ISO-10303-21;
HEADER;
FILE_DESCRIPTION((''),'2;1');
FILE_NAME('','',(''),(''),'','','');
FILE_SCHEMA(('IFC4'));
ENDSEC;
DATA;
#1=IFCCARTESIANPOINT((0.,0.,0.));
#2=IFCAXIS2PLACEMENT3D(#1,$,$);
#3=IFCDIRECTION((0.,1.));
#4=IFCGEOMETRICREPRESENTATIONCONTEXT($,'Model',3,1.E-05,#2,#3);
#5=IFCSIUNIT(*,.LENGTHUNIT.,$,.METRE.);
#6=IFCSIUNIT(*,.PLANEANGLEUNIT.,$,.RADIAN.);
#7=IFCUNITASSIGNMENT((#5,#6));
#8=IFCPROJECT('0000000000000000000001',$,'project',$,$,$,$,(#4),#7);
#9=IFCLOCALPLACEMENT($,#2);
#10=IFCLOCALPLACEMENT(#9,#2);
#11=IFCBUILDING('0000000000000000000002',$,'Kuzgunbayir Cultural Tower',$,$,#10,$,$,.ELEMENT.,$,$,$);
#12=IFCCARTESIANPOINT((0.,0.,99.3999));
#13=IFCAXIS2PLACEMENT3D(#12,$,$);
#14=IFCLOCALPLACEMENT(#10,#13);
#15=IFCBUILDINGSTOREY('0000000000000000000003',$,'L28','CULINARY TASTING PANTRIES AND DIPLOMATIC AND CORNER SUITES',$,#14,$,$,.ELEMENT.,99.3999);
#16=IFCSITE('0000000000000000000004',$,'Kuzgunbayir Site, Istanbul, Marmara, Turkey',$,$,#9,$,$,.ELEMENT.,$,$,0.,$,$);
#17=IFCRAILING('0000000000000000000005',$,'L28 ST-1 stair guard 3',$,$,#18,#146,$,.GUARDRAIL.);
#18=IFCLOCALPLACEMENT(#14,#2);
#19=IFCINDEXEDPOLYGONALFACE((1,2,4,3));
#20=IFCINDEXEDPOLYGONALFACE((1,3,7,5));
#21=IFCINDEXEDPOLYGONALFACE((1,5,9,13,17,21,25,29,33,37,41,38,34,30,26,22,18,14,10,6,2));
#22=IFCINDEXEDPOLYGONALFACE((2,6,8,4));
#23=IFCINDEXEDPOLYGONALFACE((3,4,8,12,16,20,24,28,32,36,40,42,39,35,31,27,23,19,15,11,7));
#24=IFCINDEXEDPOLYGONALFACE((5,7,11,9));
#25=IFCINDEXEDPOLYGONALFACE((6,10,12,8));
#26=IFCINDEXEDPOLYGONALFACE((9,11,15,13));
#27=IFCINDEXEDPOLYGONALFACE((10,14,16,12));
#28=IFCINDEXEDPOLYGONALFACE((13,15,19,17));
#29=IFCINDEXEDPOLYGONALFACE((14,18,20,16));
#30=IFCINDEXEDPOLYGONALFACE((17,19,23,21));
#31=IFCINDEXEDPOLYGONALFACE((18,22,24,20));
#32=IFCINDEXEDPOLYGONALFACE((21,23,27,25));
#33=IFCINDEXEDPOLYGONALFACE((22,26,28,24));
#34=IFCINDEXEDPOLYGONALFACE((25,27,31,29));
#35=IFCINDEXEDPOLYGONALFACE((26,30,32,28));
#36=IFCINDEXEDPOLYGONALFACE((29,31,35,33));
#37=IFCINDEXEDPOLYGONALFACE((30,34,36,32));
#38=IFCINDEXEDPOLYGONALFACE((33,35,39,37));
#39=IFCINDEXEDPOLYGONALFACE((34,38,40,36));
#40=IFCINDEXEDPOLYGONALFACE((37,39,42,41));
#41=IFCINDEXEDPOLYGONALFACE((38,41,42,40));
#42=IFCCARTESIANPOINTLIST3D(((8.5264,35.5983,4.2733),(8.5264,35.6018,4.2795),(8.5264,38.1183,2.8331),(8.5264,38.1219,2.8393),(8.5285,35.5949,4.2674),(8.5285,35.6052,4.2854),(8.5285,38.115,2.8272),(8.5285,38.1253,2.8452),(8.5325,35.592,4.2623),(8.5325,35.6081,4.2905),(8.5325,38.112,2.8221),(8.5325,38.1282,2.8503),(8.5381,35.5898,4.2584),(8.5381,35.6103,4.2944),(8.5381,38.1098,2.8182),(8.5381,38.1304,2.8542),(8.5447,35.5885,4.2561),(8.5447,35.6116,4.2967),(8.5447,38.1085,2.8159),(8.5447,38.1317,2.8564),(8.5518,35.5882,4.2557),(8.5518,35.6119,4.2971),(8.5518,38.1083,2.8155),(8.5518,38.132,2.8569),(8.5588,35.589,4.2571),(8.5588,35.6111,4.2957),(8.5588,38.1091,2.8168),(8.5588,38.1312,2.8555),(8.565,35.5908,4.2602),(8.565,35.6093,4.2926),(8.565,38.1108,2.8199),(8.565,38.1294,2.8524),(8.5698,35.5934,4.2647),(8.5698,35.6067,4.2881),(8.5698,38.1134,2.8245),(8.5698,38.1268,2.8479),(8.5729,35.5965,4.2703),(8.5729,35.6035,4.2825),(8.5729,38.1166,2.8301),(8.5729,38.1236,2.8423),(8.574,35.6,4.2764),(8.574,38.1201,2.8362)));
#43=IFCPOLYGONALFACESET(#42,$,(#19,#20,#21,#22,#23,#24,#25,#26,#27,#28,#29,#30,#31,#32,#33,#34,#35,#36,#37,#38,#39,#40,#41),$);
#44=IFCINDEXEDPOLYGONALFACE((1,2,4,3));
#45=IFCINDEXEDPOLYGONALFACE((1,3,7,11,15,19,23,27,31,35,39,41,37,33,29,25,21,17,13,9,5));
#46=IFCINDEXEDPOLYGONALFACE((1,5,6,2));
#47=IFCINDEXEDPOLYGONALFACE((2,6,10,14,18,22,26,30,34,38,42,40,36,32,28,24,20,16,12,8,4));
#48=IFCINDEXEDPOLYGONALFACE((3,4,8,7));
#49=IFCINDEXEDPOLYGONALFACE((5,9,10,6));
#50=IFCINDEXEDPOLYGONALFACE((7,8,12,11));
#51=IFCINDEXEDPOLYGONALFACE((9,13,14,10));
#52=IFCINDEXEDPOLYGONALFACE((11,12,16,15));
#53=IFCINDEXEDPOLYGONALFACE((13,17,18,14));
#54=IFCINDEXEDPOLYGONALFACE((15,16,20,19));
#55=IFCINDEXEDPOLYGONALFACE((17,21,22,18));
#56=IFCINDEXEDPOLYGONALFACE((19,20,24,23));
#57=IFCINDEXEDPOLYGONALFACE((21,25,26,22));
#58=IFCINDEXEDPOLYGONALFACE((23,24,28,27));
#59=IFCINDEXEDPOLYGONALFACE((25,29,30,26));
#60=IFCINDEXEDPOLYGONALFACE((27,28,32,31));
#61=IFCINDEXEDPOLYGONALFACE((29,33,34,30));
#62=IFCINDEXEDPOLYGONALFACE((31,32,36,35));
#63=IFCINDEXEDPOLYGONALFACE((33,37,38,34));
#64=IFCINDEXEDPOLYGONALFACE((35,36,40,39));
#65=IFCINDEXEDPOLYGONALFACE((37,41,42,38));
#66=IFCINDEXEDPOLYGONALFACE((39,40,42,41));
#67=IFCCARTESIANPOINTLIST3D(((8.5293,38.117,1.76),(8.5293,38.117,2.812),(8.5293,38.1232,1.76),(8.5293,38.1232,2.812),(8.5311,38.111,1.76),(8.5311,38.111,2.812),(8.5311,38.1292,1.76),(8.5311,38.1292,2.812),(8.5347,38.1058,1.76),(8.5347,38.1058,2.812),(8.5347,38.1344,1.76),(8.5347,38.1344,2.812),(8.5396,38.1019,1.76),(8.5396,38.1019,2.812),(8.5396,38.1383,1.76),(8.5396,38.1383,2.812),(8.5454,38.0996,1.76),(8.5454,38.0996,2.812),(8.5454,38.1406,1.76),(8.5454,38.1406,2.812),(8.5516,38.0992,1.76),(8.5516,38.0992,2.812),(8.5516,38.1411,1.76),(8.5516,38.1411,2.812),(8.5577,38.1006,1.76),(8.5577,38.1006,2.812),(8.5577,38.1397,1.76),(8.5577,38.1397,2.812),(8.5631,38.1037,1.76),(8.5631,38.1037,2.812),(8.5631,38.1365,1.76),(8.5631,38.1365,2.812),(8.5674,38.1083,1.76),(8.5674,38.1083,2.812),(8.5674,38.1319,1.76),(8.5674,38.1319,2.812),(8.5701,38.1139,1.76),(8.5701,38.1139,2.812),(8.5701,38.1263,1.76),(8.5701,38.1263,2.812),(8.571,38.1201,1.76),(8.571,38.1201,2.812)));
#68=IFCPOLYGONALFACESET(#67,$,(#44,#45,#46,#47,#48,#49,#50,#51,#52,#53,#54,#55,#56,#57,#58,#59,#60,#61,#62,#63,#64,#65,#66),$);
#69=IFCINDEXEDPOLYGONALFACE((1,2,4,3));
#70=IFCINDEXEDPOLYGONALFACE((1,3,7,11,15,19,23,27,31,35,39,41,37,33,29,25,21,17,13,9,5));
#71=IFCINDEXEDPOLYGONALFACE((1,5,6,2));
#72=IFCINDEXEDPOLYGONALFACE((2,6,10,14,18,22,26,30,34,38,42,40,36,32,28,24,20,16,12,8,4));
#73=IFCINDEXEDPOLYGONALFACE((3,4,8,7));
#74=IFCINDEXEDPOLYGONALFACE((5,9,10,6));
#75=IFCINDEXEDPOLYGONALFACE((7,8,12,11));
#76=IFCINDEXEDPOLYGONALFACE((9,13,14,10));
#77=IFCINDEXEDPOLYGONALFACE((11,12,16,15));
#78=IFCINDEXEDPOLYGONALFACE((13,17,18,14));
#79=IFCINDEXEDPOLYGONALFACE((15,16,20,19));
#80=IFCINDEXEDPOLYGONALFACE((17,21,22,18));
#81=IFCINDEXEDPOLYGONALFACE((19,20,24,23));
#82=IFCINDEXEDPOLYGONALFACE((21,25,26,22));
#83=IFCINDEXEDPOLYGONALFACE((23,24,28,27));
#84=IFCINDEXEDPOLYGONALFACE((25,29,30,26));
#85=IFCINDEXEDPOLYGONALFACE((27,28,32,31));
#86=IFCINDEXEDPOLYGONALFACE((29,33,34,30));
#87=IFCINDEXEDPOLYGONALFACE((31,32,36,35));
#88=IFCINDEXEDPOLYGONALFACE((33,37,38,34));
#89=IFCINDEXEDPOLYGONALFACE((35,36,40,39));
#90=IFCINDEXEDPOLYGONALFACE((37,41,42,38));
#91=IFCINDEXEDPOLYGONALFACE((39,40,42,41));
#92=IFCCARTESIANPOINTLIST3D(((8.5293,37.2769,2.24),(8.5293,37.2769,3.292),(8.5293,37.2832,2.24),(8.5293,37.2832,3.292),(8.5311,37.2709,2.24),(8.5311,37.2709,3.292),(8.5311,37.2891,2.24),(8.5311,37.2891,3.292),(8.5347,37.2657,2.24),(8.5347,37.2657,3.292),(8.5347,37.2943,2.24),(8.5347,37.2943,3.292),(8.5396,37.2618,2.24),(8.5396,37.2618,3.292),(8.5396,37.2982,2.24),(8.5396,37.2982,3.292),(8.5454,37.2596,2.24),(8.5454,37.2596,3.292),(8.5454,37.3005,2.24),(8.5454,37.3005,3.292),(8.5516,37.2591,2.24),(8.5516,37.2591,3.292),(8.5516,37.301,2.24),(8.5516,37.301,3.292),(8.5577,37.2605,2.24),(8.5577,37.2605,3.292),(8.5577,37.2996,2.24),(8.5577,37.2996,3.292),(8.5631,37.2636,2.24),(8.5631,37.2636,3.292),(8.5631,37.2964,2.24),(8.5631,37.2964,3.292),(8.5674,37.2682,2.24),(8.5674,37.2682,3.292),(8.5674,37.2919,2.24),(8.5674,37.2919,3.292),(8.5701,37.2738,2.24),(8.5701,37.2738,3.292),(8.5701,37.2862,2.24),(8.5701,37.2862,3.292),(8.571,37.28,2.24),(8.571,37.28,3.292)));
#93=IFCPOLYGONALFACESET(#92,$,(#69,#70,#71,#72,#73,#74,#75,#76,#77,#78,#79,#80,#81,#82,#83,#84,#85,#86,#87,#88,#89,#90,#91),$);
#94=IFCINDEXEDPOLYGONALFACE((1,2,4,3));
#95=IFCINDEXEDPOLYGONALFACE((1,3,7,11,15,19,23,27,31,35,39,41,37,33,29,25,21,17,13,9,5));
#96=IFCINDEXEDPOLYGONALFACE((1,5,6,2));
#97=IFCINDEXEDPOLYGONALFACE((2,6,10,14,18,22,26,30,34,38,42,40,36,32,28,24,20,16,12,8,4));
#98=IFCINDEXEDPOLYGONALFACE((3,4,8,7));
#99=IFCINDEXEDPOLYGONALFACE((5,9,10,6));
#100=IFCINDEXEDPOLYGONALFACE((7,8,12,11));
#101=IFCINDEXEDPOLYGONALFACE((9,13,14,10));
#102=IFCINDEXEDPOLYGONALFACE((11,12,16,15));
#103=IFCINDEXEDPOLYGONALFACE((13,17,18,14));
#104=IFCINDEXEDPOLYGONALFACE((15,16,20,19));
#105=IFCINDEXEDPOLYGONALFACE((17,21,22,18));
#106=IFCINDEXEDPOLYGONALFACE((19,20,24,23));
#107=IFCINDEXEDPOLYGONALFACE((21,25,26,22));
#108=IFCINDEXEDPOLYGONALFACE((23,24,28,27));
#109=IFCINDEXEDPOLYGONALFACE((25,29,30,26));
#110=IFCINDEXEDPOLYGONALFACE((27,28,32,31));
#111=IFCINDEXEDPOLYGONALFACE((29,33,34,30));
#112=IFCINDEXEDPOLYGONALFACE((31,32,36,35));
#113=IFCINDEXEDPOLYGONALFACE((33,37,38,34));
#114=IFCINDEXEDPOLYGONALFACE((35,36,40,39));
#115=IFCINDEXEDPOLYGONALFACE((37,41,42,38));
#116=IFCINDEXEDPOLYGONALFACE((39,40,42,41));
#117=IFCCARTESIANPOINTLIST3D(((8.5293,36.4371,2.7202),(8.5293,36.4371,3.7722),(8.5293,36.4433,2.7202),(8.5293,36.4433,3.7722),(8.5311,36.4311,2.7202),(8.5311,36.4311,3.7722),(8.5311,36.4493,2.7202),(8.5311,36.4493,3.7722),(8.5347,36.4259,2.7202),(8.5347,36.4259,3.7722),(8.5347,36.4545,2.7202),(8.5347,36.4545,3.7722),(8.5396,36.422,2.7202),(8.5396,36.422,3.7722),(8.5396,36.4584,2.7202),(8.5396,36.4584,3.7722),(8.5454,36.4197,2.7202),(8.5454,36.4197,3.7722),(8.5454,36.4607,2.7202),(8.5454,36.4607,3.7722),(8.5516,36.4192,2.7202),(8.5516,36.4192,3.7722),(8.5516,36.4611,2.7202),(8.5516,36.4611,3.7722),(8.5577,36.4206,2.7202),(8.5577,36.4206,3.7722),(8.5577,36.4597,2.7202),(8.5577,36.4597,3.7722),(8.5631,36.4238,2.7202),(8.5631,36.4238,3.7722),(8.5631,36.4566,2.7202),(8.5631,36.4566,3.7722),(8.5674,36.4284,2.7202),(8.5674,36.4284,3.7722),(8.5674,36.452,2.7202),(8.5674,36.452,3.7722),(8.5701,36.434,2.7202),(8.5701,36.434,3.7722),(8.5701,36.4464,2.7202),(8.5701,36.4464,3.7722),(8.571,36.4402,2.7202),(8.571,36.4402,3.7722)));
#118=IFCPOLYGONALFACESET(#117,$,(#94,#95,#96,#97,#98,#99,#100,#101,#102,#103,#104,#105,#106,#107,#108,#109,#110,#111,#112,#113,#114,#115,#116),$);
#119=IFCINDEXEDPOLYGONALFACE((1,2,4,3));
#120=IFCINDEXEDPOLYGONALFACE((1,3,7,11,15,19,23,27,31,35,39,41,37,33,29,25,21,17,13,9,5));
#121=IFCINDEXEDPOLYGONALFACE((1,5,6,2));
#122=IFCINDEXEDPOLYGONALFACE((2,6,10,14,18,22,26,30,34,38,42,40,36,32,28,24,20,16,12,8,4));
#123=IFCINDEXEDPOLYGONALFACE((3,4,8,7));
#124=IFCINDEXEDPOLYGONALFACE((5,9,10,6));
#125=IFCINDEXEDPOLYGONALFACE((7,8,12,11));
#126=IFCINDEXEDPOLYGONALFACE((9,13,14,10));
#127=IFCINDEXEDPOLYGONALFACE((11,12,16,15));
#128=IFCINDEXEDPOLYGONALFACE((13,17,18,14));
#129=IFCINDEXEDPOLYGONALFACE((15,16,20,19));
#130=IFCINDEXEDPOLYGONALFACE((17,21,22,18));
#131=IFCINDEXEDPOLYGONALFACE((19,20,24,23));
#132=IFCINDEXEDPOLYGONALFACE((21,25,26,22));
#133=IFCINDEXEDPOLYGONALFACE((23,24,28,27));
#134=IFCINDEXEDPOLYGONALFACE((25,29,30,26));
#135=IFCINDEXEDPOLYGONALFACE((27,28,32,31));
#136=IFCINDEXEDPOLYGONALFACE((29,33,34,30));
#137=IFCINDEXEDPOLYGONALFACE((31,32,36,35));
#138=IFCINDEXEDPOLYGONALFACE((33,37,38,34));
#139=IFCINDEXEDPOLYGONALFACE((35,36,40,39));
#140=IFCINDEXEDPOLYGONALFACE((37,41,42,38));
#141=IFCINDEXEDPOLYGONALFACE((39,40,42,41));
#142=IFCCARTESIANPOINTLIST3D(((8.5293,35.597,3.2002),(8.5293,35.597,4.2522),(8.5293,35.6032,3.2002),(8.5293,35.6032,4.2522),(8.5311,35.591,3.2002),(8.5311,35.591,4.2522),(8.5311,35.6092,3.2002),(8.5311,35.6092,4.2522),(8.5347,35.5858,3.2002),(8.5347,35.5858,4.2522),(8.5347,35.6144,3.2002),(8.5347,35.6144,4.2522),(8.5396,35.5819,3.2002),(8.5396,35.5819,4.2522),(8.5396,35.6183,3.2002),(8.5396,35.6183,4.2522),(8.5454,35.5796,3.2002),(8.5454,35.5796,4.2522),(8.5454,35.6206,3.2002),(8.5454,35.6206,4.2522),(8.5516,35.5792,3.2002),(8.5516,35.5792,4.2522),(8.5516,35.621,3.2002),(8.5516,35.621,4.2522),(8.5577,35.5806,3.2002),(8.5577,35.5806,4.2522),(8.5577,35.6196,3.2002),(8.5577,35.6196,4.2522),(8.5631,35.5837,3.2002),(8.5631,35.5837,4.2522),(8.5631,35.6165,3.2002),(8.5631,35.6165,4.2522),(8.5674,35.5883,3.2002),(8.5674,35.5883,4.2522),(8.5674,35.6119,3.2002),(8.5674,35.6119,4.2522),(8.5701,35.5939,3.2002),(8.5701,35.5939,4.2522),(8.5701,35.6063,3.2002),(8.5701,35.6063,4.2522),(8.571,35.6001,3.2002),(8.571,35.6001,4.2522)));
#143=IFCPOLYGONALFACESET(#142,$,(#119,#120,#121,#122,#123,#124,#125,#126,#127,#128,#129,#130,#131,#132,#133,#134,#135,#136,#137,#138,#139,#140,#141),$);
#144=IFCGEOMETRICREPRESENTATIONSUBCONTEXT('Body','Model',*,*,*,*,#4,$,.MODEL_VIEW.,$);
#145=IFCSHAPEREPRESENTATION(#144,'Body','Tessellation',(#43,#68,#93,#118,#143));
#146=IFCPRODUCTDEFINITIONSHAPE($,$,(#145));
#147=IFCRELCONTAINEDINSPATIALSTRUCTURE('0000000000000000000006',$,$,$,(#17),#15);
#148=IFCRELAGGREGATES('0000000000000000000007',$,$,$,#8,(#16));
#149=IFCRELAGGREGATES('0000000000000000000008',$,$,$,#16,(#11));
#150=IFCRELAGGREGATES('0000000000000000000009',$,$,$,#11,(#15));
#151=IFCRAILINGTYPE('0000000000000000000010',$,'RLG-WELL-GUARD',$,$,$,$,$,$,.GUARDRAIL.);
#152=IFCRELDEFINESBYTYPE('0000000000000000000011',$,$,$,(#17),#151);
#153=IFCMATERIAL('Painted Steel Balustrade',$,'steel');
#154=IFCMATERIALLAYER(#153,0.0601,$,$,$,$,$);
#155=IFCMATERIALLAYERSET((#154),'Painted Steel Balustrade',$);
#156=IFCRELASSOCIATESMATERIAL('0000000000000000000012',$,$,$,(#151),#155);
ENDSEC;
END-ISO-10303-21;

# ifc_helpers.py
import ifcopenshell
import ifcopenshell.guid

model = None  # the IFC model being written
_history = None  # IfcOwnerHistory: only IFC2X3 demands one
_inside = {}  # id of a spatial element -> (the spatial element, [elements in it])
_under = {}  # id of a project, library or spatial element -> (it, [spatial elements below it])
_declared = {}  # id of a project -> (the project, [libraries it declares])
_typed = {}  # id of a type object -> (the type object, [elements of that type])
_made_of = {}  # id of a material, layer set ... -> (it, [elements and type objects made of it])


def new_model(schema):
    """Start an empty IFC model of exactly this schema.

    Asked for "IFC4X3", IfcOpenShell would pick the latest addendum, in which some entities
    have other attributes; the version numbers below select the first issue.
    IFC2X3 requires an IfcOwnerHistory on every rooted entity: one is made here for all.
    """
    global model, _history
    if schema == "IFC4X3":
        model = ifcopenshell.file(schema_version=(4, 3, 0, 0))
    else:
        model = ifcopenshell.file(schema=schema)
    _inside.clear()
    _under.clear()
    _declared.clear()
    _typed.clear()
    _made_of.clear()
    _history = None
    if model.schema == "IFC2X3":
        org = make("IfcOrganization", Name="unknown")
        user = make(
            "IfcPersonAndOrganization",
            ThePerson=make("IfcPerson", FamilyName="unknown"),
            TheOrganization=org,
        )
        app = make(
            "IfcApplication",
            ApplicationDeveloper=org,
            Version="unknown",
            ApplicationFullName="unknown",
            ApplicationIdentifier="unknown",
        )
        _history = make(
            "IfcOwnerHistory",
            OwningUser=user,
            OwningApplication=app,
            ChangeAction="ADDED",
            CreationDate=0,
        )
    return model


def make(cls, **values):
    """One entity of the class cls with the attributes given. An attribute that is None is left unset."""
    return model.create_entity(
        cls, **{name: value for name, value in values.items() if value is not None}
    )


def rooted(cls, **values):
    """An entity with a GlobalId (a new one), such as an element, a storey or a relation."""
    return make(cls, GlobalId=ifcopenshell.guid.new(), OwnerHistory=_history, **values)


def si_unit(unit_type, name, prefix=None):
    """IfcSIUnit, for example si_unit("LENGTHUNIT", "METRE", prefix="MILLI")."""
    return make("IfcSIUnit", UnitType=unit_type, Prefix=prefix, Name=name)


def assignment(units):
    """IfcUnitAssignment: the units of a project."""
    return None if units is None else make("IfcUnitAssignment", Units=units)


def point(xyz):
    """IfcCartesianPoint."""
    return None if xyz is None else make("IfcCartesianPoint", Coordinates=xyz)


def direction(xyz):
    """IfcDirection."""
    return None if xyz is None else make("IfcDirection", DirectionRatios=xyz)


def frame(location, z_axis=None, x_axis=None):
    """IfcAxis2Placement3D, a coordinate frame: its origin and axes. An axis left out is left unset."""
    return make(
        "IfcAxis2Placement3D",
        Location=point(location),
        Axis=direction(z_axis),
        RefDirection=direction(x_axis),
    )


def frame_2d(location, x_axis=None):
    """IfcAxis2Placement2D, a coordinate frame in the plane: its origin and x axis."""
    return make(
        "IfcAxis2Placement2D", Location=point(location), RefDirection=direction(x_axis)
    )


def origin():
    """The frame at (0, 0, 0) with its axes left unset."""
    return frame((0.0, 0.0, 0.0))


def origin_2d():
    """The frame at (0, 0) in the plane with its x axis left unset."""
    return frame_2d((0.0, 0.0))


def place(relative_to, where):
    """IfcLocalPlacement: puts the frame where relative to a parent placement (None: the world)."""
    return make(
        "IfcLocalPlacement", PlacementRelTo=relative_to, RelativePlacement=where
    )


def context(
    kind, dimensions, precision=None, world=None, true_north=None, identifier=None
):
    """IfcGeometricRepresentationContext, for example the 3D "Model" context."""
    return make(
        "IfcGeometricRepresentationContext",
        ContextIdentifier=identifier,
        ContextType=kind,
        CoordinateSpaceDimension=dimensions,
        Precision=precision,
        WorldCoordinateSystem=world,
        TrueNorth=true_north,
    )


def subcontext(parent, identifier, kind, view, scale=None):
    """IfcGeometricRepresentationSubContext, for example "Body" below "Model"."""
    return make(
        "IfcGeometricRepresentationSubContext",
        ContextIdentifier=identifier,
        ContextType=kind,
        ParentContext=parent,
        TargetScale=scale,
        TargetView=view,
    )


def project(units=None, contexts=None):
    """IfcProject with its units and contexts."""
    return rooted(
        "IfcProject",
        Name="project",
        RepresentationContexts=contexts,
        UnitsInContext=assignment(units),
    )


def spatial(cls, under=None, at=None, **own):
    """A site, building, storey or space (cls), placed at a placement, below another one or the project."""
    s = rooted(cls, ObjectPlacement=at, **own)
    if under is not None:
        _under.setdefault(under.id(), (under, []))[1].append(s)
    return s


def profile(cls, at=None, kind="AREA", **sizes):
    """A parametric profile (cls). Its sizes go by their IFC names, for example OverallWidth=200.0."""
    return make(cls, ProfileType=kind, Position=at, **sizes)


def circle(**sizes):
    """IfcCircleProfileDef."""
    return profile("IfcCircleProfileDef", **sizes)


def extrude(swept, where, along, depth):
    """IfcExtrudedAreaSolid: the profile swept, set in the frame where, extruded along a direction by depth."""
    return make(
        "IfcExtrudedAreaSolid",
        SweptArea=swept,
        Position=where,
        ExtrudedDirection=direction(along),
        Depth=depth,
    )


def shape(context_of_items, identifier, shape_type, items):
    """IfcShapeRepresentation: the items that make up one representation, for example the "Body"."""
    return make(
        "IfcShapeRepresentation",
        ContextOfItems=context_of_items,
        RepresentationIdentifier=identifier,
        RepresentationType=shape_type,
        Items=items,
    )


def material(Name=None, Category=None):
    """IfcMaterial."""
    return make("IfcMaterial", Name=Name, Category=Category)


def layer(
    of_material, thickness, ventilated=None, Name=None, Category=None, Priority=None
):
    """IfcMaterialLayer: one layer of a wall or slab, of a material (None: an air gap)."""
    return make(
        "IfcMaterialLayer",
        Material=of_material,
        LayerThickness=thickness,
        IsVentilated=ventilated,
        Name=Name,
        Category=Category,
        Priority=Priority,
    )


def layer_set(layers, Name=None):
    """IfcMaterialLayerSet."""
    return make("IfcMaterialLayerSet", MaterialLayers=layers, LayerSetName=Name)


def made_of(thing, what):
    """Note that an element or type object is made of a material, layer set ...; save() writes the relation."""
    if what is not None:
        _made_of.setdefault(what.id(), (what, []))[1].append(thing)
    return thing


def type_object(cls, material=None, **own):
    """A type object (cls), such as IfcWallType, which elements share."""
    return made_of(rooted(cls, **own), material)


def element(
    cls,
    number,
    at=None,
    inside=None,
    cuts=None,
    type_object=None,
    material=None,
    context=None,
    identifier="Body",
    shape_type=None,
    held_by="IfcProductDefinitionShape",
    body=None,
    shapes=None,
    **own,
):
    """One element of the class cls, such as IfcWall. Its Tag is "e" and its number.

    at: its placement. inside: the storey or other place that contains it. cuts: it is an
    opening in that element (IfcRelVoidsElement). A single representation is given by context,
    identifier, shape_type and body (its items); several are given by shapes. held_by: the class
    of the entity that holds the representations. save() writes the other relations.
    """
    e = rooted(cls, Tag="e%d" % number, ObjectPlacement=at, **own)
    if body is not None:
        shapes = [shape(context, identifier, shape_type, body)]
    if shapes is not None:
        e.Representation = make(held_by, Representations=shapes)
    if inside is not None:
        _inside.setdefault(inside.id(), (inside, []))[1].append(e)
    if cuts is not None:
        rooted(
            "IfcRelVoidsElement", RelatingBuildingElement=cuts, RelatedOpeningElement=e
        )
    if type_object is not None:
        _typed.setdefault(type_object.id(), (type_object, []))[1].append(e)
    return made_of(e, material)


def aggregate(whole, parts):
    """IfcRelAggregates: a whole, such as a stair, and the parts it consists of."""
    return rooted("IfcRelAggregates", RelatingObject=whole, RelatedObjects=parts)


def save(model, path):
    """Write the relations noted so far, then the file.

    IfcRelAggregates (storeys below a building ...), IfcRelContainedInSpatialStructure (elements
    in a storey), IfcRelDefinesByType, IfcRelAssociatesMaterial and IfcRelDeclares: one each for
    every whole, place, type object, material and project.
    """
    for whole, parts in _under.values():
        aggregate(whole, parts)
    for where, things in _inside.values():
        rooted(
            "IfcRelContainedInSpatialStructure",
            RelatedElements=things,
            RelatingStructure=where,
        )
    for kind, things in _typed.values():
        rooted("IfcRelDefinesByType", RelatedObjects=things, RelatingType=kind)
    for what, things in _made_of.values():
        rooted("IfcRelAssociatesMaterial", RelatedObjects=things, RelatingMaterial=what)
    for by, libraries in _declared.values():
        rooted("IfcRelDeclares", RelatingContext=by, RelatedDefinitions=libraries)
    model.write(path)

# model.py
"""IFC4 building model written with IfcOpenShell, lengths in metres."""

from ifc_helpers import new_model, si_unit, direction, frame, origin, origin_2d, place, context, subcontext, project, spatial, circle, extrude, material, layer, layer_set, type_object, element, save


model = new_model("IFC4")

# Units and contexts
model_context = context("Model", 3, precision=1e-05, world=origin(), true_north=direction((0.0, 1.0)))
body_context = subcontext(model_context, "Body", "Model", "MODEL_VIEW")
ifc_project = project(units=[si_unit("LENGTHUNIT", "METRE"), si_unit("PLANEANGLEUNIT", "RADIAN")], contexts=[model_context])

# Site, building, storey
site_placement = place(None, origin())
site = spatial("IfcSite", under=ifc_project, at=site_placement, Name="Kuzgunbayir Site, Istanbul, Marmara, Turkey", CompositionType="ELEMENT", RefElevation=0.0)
building_placement = place(site_placement, origin())
building = spatial("IfcBuilding", under=site, at=building_placement, Name="Kuzgunbayir Cultural Tower", CompositionType="ELEMENT")
storey_placement = place(building_placement, frame((0.0, 0.0, 99.3999)))
storey = spatial("IfcBuildingStorey", under=building, at=storey_placement, Name="L28", Description="CULINARY TASTING PANTRIES AND DIPLOMATIC AND CORNER SUITES", CompositionType="ELEMENT", Elevation=99.3999)

# Railing
ifc_material_1 = material(Name="Painted Steel Balustrade", Category="steel")
ifc_layer_1 = layer(ifc_material_1, 0.0601)
ifc_layer_set_1 = layer_set([ifc_layer_1], Name="Painted Steel Balustrade")
railing_type_1 = type_object("IfcRailingType", Name="RLG-WELL-GUARD", PredefinedType="GUARDRAIL", material=ifc_layer_set_1)
railing_1_placement = place(storey_placement, frame((8.55, 38.1201, 1.76)))
element("IfcRailing", 1, at=railing_1_placement, inside=storey, type_object=railing_type_1, Name="L28 ST-1 stair guard 3", PredefinedType="GUARDRAIL", context=body_context, shape_type="SweptSolid", body=[
    extrude(circle(Radius=0.0239, at=origin_2d()), frame((0.0, 0.0, 1.0762), z_axis=(0.0, -0.868217, 0.496184), x_axis=(1.0, 0.0, 0.0)), (0.0, 0.0, 1.0), 2.9026),
    extrude(circle(Radius=0.021, at=origin_2d()), origin(), (0.0, 0.0, 1.0), 1.052),
    extrude(circle(Radius=0.021, at=origin_2d()), frame((0.0, -0.8401, 0.48)), (0.0, 0.0, 1.0), 1.052),
    extrude(circle(Radius=0.021, at=origin_2d()), frame((0.0, -1.6799, 0.9602)), (0.0, 0.0, 1.0), 1.052),
    extrude(circle(Radius=0.021, at=origin_2d()), frame((0.0, -2.52, 1.4402)), (0.0, 0.0, 1.0), 1.052),
])

save(model, "model.ifc")
